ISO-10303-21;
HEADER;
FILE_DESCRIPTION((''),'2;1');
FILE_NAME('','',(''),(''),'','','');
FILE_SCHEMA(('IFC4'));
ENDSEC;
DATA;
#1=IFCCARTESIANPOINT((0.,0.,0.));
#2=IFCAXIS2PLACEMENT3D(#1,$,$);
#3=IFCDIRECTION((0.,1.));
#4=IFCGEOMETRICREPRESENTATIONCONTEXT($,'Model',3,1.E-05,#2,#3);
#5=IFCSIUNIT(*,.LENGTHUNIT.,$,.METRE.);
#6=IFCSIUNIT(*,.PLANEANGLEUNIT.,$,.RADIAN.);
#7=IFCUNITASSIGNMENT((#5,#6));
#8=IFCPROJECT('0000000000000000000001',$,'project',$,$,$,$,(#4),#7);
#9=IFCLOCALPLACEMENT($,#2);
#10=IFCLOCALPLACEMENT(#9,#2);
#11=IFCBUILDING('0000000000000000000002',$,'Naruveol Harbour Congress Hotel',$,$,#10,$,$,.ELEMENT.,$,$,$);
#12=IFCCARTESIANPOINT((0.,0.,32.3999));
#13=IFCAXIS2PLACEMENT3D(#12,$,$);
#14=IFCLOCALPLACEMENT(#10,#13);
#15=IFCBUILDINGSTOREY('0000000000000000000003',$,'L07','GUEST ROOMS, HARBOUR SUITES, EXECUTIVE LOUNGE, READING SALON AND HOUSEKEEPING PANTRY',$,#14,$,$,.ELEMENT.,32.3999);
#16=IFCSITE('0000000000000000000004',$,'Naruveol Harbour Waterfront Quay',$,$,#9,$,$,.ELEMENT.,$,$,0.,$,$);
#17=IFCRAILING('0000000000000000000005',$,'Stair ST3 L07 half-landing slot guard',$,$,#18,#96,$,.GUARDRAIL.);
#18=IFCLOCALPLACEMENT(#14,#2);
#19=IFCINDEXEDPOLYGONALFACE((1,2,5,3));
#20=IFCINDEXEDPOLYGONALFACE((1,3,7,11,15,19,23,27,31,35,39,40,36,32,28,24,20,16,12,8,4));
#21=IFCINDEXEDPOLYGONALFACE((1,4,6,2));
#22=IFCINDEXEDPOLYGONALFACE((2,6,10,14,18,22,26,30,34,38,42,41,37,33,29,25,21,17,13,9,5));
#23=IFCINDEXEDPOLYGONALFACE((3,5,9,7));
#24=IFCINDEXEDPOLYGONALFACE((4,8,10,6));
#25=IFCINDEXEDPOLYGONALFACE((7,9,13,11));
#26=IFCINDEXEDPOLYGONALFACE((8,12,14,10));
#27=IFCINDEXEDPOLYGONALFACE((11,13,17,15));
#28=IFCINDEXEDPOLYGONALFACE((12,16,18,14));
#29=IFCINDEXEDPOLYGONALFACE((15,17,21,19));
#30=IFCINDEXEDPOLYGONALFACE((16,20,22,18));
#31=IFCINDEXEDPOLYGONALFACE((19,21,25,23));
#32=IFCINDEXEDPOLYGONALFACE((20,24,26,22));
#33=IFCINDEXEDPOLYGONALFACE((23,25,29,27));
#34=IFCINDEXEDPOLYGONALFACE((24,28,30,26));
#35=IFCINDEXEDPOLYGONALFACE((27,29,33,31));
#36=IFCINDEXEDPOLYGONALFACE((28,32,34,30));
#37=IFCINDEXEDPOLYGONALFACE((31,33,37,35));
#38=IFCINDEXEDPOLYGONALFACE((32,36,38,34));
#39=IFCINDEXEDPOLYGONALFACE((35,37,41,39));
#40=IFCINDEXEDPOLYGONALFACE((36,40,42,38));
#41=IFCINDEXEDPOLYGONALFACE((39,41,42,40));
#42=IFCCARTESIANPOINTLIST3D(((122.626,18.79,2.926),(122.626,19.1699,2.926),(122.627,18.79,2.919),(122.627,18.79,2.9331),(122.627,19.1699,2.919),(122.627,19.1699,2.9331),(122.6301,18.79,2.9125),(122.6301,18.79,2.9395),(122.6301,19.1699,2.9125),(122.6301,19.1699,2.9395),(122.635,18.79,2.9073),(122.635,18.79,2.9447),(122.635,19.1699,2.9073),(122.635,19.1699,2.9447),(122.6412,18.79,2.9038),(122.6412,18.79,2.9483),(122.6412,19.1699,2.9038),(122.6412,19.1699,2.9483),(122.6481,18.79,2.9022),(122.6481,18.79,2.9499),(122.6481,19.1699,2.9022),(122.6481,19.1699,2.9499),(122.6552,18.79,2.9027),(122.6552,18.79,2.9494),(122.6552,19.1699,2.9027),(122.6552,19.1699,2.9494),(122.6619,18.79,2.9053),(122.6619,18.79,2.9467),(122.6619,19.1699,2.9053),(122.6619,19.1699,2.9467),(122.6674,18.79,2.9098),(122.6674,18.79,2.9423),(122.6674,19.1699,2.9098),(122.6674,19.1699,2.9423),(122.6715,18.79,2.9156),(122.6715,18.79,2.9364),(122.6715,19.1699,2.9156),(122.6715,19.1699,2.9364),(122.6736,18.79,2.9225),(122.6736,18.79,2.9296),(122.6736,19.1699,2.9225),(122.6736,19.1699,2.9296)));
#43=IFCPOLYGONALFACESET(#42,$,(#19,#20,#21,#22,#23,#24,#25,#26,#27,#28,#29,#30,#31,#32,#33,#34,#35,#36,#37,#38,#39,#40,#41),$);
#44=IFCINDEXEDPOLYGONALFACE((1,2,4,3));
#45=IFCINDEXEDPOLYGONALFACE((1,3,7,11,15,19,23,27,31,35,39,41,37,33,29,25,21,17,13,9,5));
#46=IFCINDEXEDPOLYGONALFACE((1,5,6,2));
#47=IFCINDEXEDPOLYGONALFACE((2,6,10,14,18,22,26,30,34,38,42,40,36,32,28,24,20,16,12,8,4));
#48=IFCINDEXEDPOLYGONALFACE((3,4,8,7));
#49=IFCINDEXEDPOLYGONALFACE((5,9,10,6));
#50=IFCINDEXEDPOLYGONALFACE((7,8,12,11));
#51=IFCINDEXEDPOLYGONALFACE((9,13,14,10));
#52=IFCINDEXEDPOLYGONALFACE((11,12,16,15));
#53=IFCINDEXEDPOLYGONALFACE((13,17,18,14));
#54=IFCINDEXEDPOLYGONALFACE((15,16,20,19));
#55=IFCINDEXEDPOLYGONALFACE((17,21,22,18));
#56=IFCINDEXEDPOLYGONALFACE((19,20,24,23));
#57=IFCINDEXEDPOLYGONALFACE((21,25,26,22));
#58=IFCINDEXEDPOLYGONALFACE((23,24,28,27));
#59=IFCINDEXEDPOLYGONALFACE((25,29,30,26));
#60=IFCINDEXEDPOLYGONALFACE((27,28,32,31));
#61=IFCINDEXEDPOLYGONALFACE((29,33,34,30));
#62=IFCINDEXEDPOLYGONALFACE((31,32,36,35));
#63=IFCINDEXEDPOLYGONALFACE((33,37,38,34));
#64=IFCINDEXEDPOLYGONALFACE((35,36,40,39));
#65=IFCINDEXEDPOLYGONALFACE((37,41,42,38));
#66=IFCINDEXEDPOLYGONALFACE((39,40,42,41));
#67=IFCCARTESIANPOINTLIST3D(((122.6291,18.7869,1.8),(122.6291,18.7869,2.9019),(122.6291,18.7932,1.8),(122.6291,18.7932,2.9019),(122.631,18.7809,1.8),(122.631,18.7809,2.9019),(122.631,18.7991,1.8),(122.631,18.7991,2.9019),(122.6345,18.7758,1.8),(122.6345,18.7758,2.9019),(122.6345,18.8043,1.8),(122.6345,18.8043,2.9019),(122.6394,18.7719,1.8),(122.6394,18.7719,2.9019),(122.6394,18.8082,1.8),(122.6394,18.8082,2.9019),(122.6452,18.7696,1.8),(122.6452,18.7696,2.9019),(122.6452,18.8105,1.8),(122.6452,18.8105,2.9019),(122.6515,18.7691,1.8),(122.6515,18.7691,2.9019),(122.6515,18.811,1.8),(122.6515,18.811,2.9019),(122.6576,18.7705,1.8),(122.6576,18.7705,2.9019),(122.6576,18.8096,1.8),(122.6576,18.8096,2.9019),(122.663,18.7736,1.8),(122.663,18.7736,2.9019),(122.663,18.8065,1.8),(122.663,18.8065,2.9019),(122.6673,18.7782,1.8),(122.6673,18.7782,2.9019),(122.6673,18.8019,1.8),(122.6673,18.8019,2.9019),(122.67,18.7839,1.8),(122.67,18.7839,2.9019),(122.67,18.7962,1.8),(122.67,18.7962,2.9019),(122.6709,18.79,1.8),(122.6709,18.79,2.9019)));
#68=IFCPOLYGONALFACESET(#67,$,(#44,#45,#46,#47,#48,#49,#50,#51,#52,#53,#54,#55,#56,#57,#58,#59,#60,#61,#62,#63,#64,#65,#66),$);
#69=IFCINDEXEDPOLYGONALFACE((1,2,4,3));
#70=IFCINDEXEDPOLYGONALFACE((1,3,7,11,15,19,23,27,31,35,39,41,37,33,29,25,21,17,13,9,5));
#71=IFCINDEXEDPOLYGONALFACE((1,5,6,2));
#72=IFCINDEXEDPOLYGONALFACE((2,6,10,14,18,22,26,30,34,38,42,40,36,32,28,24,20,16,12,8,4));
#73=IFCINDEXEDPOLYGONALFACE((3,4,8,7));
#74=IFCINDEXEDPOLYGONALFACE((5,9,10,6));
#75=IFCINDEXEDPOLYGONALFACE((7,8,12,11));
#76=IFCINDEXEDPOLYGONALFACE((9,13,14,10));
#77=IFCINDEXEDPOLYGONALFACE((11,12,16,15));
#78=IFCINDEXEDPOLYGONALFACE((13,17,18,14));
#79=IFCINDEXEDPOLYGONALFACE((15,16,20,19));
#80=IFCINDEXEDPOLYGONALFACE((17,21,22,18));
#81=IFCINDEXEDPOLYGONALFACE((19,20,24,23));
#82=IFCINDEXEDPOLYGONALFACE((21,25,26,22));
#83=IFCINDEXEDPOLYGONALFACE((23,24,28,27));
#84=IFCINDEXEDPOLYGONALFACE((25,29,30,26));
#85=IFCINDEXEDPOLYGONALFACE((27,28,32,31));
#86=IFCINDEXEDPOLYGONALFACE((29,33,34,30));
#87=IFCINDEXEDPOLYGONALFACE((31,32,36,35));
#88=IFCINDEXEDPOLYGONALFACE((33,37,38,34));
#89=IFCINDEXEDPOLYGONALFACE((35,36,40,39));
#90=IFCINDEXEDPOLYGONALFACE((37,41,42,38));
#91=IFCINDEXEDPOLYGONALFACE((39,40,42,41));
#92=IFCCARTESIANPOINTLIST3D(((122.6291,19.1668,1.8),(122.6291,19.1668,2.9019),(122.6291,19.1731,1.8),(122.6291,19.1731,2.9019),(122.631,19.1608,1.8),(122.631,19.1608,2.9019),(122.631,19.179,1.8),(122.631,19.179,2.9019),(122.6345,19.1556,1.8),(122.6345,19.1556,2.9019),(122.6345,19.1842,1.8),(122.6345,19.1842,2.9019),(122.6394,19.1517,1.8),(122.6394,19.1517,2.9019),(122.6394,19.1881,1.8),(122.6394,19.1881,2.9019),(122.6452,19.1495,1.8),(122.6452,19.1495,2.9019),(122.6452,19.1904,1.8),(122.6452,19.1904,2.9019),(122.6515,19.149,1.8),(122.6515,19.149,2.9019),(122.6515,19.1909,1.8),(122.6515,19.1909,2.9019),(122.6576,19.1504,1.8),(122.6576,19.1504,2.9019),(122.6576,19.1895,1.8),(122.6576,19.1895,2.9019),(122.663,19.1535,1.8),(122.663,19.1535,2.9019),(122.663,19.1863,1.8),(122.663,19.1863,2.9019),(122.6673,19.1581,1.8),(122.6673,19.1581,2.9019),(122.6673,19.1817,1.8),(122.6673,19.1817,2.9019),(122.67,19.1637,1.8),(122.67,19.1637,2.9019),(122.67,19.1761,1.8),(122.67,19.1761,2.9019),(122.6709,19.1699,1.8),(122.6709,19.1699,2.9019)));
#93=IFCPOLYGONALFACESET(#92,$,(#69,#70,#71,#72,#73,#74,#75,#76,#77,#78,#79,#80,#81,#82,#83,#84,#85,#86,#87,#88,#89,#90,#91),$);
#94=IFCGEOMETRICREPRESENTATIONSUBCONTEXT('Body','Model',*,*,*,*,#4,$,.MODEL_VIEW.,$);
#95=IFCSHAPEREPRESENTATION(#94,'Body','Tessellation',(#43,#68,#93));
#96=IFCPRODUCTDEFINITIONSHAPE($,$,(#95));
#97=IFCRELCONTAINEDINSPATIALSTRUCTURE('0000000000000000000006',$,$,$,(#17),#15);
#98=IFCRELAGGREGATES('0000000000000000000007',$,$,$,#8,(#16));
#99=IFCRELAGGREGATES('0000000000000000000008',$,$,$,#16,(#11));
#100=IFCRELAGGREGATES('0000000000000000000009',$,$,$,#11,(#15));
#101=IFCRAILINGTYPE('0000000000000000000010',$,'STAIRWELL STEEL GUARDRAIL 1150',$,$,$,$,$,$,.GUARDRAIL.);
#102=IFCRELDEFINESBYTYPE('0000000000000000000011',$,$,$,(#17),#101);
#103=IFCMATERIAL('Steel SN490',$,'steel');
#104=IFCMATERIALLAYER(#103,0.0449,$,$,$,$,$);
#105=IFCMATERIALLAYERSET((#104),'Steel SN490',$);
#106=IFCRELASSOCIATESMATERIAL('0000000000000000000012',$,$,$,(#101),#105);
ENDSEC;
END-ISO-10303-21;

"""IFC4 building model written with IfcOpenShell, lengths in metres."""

from ifc_helpers import new_model, si_unit, direction, frame, origin, origin_2d, place, context, subcontext, project, spatial, circle, extrude, material, layer, layer_set, type_object, element, save


model = new_model("IFC4")

# Units and contexts
model_context = context("Model", 3, precision=1e-05, world=origin(), true_north=direction((0.0, 1.0)))
body_context = subcontext(model_context, "Body", "Model", "MODEL_VIEW")
ifc_project = project(units=[si_unit("LENGTHUNIT", "METRE"), si_unit("PLANEANGLEUNIT", "RADIAN")], contexts=[model_context])

# Site, building, storey
site_placement = place(None, origin())
site = spatial("IfcSite", under=ifc_project, at=site_placement, Name="Naruveol Harbour Waterfront Quay", CompositionType="ELEMENT", RefElevation=0.0)
building_placement = place(site_placement, origin())
building = spatial("IfcBuilding", under=site, at=building_placement, Name="Naruveol Harbour Congress Hotel", CompositionType="ELEMENT")
storey_placement = place(building_placement, frame((0.0, 0.0, 32.3999)))
storey = spatial("IfcBuildingStorey", under=building, at=storey_placement, Name="L07", Description="GUEST ROOMS, HARBOUR SUITES, EXECUTIVE LOUNGE, READING SALON AND HOUSEKEEPING PANTRY", CompositionType="ELEMENT", Elevation=32.3999)

# Railing
ifc_material_1 = material(Name="Steel SN490", Category="steel")
ifc_layer_1 = layer(ifc_material_1, 0.0449)
ifc_layer_set_1 = layer_set([ifc_layer_1], Name="Steel SN490")
railing_type_1 = type_object("IfcRailingType", Name="STAIRWELL STEEL GUARDRAIL 1150", PredefinedType="GUARDRAIL", material=ifc_layer_set_1)
railing_1_placement = place(storey_placement, frame((122.6499, 18.79, 1.8)))
element("IfcRailing", 1, at=railing_1_placement, inside=storey, type_object=railing_type_1, Name="Stair ST3 L07 half-landing slot guard", PredefinedType="GUARDRAIL", context=body_context, shape_type="SweptSolid", body=[
    extrude(circle(Radius=0.0239, at=origin_2d()), frame((0.0, 0.0, 1.126), z_axis=(0.0, 1.0, 0.0), x_axis=(-1.0, 0.0, 0.0)), (0.0, 0.0, 1.0), 0.3799),
    extrude(circle(Radius=0.021, at=origin_2d()), origin(), (0.0, 0.0, 1.0), 1.1018),
    extrude(circle(Radius=0.021, at=origin_2d()), frame((0.0, 0.3799, 0.0)), (0.0, 0.0, 1.0), 1.1018),
])

save(model, "model.ifc")
